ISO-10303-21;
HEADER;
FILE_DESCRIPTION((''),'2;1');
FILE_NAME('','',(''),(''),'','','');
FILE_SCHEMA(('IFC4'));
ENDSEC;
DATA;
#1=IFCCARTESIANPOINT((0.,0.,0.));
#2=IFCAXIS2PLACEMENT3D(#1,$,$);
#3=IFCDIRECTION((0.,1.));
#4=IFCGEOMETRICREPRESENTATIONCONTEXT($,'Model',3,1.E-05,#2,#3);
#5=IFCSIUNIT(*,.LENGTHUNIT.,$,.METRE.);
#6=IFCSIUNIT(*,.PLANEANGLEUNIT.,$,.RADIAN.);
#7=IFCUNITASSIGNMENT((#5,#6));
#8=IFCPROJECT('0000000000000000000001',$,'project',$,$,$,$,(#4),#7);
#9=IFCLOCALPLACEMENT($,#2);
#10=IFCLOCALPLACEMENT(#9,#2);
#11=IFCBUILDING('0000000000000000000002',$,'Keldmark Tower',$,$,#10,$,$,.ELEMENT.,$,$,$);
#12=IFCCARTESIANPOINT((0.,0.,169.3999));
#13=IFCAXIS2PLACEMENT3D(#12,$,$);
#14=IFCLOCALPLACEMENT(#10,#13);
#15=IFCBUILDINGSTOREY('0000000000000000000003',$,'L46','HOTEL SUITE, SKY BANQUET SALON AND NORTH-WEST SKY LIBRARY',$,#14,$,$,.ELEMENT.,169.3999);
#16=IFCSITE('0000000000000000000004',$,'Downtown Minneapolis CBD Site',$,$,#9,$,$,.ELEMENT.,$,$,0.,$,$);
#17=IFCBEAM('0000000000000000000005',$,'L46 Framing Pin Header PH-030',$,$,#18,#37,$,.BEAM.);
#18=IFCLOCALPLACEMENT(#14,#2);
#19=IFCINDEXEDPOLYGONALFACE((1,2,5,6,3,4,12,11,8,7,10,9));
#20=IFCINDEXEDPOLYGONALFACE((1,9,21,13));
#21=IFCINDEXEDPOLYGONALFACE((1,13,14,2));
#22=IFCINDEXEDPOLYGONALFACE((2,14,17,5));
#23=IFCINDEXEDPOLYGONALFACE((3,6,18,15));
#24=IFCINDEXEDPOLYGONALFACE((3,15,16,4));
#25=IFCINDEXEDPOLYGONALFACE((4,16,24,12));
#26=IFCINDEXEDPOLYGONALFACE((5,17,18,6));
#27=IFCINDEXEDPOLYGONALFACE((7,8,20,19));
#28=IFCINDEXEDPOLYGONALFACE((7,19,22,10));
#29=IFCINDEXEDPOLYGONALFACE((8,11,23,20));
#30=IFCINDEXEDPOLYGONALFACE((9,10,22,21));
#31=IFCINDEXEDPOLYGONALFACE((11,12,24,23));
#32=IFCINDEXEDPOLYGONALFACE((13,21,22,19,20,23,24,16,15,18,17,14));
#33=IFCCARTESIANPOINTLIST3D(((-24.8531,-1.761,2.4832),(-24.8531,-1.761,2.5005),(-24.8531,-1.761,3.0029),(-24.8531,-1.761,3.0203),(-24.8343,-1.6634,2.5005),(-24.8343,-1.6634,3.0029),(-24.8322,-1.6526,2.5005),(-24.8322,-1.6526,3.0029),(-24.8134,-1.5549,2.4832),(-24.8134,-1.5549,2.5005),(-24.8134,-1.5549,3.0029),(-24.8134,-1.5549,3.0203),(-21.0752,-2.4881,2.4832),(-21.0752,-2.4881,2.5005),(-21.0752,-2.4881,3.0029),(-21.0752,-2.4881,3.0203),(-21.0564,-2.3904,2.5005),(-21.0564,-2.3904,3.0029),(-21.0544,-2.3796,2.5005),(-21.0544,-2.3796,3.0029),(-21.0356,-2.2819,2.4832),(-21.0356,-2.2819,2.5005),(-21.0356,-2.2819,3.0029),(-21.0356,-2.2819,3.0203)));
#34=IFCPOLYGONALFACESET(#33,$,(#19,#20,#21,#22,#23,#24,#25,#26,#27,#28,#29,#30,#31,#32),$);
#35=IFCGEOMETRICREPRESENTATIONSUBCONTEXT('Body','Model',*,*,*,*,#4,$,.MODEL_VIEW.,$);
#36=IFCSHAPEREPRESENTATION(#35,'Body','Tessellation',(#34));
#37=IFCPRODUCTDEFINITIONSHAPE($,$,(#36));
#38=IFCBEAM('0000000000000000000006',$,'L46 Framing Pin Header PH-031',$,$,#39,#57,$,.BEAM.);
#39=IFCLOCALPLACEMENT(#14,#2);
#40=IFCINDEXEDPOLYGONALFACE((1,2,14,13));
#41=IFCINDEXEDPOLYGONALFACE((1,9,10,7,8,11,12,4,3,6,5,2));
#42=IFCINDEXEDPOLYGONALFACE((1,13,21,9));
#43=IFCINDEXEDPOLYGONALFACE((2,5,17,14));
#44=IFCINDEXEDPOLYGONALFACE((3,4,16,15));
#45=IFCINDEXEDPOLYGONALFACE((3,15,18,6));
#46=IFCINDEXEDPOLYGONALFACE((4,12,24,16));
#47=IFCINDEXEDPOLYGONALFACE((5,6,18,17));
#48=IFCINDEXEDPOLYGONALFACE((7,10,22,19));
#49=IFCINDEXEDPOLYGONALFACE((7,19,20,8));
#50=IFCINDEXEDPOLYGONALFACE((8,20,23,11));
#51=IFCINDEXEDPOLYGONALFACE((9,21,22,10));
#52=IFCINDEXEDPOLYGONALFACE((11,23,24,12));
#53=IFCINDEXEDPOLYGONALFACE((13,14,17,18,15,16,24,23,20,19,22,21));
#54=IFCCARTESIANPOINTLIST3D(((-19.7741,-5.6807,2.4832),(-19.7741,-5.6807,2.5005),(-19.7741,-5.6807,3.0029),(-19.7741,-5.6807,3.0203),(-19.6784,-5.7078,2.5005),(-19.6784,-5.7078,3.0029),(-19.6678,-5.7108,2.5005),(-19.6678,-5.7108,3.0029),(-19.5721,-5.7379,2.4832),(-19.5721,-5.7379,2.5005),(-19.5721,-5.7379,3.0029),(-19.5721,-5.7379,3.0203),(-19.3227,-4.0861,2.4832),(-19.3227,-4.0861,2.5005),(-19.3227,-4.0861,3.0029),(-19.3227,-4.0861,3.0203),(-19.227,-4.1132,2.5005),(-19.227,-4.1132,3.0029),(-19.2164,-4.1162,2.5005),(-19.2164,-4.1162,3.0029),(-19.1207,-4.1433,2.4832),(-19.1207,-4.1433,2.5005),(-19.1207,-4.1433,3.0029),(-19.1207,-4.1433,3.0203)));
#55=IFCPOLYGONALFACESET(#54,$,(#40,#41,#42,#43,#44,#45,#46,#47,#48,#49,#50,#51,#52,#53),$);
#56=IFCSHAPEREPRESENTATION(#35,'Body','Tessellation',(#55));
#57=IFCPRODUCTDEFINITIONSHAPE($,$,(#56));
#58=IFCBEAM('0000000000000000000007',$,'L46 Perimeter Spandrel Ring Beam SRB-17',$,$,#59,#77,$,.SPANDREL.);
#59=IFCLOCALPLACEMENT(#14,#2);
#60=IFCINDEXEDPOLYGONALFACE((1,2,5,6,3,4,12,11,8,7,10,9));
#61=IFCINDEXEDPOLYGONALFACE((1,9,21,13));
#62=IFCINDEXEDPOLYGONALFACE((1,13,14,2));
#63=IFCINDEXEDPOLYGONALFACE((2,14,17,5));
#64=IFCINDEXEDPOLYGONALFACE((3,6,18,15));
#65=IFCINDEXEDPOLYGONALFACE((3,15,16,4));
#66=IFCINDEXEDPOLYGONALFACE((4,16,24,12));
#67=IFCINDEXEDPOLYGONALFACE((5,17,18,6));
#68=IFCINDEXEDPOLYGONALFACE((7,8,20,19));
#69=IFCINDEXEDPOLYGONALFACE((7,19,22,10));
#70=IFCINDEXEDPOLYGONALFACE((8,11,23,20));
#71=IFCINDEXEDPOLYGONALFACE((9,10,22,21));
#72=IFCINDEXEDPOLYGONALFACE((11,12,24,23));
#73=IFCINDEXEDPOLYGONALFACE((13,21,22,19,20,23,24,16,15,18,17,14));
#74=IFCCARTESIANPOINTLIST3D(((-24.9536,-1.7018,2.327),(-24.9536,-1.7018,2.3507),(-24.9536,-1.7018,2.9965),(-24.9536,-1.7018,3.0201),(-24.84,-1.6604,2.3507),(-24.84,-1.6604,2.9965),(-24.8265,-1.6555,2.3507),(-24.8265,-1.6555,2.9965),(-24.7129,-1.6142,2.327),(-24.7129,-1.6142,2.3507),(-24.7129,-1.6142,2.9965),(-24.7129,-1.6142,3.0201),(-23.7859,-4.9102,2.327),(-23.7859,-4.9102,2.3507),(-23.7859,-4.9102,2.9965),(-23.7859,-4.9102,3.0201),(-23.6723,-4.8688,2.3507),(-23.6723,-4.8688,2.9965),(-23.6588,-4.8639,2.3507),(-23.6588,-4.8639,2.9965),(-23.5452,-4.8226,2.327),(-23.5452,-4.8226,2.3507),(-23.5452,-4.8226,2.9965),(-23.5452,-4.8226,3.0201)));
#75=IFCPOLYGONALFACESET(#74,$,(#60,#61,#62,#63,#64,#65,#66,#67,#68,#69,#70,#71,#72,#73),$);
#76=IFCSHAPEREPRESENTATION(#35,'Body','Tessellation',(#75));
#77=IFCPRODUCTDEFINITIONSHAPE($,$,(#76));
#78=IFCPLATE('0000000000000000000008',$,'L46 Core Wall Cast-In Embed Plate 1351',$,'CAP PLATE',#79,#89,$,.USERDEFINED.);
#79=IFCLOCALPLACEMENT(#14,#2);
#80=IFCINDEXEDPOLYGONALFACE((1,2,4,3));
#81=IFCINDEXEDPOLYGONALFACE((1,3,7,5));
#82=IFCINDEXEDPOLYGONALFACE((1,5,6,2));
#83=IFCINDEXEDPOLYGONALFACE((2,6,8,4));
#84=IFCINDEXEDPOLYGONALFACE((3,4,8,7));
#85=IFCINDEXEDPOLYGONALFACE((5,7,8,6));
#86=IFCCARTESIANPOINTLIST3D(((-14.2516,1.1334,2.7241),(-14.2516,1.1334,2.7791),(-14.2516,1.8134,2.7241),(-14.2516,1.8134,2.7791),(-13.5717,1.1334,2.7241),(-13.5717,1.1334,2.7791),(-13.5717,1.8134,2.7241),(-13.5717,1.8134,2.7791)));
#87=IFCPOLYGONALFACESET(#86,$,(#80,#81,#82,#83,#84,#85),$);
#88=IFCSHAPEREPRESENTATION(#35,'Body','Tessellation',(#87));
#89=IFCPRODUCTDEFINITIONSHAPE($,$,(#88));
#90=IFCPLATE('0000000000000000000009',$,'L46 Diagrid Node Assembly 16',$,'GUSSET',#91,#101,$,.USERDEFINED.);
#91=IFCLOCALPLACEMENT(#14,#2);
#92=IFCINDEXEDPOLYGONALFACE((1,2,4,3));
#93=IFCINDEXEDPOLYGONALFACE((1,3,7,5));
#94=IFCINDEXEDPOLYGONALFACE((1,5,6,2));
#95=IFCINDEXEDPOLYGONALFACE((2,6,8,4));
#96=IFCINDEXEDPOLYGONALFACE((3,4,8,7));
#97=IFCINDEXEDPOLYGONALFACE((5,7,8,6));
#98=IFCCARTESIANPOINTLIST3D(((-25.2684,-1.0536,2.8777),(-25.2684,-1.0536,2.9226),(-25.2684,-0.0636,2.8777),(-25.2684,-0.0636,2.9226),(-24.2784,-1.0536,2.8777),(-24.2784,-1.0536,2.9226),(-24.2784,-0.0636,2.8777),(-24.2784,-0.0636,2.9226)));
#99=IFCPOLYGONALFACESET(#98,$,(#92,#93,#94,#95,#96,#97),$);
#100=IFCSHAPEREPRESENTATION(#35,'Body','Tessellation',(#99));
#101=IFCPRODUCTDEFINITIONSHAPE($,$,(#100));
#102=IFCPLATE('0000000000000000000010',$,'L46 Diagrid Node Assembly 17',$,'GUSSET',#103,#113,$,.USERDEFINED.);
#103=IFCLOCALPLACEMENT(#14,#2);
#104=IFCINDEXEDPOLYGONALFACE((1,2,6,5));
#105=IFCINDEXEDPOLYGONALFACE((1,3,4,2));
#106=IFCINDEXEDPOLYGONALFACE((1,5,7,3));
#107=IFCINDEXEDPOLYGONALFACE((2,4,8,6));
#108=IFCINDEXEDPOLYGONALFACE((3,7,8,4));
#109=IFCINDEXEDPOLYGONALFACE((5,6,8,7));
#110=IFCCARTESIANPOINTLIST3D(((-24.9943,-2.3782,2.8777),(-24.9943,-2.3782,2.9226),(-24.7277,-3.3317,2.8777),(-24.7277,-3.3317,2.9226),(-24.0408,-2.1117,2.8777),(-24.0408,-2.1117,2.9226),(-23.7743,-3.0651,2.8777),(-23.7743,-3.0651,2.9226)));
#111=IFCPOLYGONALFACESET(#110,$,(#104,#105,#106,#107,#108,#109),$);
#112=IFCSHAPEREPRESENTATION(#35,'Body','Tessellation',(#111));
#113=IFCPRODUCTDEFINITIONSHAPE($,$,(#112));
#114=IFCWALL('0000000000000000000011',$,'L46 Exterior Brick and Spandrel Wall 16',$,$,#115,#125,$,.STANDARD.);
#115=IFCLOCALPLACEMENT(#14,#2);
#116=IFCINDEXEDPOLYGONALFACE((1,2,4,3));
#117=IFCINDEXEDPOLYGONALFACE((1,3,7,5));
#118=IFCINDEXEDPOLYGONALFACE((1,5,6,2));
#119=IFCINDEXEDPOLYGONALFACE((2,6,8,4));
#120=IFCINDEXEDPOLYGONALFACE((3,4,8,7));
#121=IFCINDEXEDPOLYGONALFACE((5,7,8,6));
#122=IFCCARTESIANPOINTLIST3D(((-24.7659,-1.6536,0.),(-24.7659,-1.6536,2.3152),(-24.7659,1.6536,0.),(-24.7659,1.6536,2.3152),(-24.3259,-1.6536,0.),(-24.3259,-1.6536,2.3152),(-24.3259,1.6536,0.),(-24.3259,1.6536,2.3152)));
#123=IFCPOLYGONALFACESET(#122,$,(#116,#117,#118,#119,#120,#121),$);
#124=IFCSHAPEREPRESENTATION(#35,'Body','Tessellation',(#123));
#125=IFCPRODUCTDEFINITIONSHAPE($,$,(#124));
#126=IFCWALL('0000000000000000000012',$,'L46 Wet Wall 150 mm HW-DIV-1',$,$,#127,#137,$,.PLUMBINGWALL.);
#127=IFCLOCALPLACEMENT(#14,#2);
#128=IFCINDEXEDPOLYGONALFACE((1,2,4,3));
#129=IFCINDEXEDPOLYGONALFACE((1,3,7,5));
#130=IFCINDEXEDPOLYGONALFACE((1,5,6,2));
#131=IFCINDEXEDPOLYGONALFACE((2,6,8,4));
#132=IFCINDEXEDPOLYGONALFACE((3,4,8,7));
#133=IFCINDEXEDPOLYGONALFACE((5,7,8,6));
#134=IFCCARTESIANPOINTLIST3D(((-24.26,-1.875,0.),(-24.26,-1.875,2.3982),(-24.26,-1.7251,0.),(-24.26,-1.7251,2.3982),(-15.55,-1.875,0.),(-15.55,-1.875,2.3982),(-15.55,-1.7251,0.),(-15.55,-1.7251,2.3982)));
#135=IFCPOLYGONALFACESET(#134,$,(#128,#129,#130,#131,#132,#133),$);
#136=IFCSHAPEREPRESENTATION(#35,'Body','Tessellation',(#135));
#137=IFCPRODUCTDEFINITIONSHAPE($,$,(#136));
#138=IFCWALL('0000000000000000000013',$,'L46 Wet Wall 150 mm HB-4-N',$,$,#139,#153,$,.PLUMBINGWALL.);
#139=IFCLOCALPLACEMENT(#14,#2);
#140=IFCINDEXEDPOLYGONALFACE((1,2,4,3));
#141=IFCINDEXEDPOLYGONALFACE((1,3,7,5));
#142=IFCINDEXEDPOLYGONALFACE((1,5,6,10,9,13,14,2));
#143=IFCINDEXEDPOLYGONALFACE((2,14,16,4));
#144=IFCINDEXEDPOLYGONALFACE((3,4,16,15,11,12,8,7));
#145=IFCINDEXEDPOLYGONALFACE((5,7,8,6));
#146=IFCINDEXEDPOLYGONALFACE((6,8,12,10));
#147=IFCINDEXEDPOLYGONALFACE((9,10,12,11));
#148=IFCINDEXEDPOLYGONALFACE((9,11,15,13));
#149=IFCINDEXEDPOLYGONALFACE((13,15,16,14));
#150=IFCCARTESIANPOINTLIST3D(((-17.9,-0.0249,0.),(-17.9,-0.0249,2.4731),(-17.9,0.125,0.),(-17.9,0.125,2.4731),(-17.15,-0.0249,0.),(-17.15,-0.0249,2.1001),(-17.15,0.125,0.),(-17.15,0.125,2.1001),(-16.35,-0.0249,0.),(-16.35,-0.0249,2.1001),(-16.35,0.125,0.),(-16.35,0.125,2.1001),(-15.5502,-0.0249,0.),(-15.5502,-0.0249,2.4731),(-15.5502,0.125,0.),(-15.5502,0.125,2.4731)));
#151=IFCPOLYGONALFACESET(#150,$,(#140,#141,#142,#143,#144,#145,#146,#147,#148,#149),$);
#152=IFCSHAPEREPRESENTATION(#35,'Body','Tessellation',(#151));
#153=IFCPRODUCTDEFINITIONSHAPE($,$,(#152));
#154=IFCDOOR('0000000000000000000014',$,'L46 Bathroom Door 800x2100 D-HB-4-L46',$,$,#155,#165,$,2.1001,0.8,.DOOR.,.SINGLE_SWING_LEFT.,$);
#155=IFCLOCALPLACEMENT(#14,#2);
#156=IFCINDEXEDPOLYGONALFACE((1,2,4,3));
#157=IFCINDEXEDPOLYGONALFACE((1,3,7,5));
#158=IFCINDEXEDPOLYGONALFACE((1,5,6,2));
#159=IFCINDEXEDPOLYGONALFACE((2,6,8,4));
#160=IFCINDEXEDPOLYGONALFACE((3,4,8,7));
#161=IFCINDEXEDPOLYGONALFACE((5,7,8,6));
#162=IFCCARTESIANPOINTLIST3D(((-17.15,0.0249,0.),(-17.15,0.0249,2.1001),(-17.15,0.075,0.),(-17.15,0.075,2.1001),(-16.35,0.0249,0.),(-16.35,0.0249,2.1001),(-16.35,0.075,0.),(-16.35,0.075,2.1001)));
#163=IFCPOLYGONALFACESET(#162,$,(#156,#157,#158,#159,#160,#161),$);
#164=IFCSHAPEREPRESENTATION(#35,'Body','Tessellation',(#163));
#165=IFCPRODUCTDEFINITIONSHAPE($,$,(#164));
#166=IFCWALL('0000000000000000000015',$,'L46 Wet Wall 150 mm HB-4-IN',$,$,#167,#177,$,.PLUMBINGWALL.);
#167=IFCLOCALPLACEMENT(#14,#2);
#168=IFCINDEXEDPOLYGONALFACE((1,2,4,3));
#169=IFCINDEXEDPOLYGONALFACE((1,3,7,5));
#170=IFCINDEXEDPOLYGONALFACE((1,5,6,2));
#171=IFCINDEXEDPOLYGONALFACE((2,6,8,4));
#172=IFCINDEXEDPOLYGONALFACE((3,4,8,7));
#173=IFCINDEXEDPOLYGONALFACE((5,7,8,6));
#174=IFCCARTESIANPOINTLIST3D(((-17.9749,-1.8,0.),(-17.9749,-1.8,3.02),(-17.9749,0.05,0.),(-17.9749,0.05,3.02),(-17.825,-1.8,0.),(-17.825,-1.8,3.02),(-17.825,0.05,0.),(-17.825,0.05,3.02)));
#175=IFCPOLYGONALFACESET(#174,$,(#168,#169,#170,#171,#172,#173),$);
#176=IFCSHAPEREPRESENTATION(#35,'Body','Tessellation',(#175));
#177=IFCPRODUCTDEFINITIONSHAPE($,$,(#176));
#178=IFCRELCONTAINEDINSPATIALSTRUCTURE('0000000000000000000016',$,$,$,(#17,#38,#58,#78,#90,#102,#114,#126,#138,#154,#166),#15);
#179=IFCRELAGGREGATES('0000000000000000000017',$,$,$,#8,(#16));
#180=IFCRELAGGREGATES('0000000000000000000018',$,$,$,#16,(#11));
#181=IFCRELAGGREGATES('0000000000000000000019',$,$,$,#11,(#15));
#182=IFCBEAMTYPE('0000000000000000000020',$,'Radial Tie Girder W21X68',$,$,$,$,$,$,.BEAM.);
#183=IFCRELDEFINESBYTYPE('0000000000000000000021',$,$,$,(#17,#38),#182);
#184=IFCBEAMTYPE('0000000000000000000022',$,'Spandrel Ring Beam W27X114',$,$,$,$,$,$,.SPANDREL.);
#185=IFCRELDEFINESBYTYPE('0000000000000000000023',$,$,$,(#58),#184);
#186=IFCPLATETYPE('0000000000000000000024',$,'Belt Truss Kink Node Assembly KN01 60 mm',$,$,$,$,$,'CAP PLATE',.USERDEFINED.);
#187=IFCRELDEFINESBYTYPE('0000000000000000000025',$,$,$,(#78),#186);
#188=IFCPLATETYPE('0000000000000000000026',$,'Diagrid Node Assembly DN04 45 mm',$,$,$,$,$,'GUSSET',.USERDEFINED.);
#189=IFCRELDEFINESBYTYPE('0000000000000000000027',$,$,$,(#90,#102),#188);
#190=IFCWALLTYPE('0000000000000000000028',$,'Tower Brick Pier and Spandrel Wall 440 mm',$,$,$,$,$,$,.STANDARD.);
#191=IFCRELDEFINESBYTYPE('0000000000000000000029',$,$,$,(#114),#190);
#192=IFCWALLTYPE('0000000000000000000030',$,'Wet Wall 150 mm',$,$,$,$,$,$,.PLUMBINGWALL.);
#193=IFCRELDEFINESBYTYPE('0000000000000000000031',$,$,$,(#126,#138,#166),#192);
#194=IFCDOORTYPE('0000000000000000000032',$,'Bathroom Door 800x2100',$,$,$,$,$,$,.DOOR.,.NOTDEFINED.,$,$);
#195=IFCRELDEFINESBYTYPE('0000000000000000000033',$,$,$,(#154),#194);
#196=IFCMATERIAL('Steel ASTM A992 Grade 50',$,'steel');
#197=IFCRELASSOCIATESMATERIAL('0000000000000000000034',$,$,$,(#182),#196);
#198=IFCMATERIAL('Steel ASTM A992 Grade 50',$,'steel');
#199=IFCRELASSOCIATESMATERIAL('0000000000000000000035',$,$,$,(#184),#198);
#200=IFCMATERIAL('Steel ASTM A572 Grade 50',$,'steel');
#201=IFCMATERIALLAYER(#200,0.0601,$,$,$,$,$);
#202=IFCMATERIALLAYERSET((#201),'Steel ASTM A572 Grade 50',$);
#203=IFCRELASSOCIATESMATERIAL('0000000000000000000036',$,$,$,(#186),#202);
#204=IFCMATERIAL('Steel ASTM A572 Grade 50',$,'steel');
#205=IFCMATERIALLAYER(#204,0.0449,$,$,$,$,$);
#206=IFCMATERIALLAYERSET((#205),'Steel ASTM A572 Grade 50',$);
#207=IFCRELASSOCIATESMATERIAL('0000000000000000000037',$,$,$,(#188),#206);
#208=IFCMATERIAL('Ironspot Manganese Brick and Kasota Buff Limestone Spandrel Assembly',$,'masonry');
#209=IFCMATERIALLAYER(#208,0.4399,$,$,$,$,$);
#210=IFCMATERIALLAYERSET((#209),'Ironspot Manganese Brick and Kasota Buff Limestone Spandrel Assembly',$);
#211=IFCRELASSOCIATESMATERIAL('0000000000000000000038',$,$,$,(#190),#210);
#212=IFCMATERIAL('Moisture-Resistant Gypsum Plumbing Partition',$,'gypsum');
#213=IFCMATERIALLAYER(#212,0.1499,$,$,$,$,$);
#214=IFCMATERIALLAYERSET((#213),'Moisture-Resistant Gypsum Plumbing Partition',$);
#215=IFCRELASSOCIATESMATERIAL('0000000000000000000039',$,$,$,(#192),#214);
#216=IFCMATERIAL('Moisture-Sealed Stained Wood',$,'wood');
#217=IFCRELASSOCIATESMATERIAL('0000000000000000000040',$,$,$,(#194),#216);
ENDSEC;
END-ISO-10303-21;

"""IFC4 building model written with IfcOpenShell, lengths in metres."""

from ifc_helpers import new_model, si_unit, direction, frame, frame_2d, origin, origin_2d, place, context, subcontext, project, spatial, rectangle, i_section, extrude, material, layer, layer_set, material_profile, profile_set, type_object, element, fill, save


model = new_model("IFC4")

# Units and contexts
model_context = context("Model", 3, precision=1e-05, world=origin(), true_north=direction((0.0, 1.0)))
body_context = subcontext(model_context, "Body", "Model", "MODEL_VIEW")
ifc_project = project(units=[si_unit("LENGTHUNIT", "METRE"), si_unit("PLANEANGLEUNIT", "RADIAN")], contexts=[model_context])

# Site, building, storey
site_placement = place(None, origin())
site = spatial("IfcSite", under=ifc_project, at=site_placement, Name="Downtown Minneapolis CBD Site", CompositionType="ELEMENT", RefElevation=0.0)
building_placement = place(site_placement, origin())
building = spatial("IfcBuilding", under=site, at=building_placement, Name="Keldmark Tower", CompositionType="ELEMENT")
storey_placement = place(building_placement, frame((0.0, 0.0, 169.3999)))
storey = spatial("IfcBuildingStorey", under=building, at=storey_placement, Name="L46", Description="HOTEL SUITE, SKY BANQUET SALON AND NORTH-WEST SKY LIBRARY", CompositionType="ELEMENT", Elevation=169.3999)

# Beams
ifc_material_1 = material(Name="Steel ASTM A992 Grade 50", Category="steel")
ifc_material_profile_1 = material_profile(ifc_material_1, i_section(OverallWidth=0.21, OverallDepth=0.5371, WebThickness=0.011, FlangeThickness=0.0173, at=origin_2d()), Name="W21X68")
ifc_profile_set_1 = profile_set([ifc_material_profile_1], Name="Steel ASTM A992 Grade 50")
beam_type_1 = type_object("IfcBeamType", Name="Radial Tie Girder W21X68", PredefinedType="BEAM", material=ifc_profile_set_1)
beam_1_placement = place(storey_placement, frame((-24.8333, -1.658, 2.7517), z_axis=(0.98198, -0.188984, 0.0), x_axis=(0.188984, 0.98198, 0.0)))
element("IfcBeam", 1, at=beam_1_placement, inside=storey, type_object=beam_type_1, Name="L46 Framing Pin Header PH-030", PredefinedType="BEAM", context=body_context, shape_type="SweptSolid", body=[
    extrude(i_section(OverallWidth=0.21, OverallDepth=0.5371, WebThickness=0.011, FlangeThickness=0.0173, at=origin_2d()), origin(), (0.0, 0.0, 1.0), 3.8472),
])
beam_2_placement = place(storey_placement, frame((-19.2217, -4.1147, 2.7517), z_axis=(-0.272405, -0.962183, 0.0), x_axis=(0.962183, -0.272405, 0.0)))
element("IfcBeam", 2, at=beam_2_placement, inside=storey, type_object=beam_type_1, Name="L46 Framing Pin Header PH-031", PredefinedType="BEAM", context=body_context, shape_type="SweptSolid", body=[
    extrude(i_section(OverallWidth=0.21, OverallDepth=0.5371, WebThickness=0.011, FlangeThickness=0.0173, at=origin_2d()), origin(), (0.0, 0.0, 1.0), 1.6572),
])
ifc_material_2 = material(Name="Steel ASTM A992 Grade 50", Category="steel")
ifc_material_profile_2 = material_profile(ifc_material_2, i_section(OverallWidth=0.2561, OverallDepth=0.6931, WebThickness=0.0144, FlangeThickness=0.0237, at=origin_2d()), Name="W27X114")
ifc_profile_set_2 = profile_set([ifc_material_profile_2], Name="Steel ASTM A992 Grade 50")
beam_type_2 = type_object("IfcBeamType", Name="Spandrel Ring Beam W27X114", PredefinedType="SPANDREL", material=ifc_profile_set_2)
beam_3_placement = place(storey_placement, frame((-24.8333, -1.658, 2.6736), z_axis=(0.342001, -0.939699, 0.0), x_axis=(0.939699, 0.342001, 0.0)))
element("IfcBeam", 3, at=beam_3_placement, inside=storey, type_object=beam_type_2, Name="L46 Perimeter Spandrel Ring Beam SRB-17", PredefinedType="SPANDREL", context=body_context, shape_type="SweptSolid", body=[
    extrude(i_section(OverallWidth=0.2561, OverallDepth=0.6931, WebThickness=0.0144, FlangeThickness=0.0237, at=origin_2d()), origin(), (0.0, 0.0, 1.0), 3.4143),
])

# Plates
ifc_material_3 = material(Name="Steel ASTM A572 Grade 50", Category="steel")
ifc_layer_1 = layer(ifc_material_3, 0.0601)
ifc_layer_set_1 = layer_set([ifc_layer_1], Name="Steel ASTM A572 Grade 50")
plate_type_1 = type_object("IfcPlateType", Name="Belt Truss Kink Node Assembly KN01 60 mm", ElementType="CAP PLATE", PredefinedType="USERDEFINED", material=ifc_layer_set_1)
plate_placement = place(storey_placement, frame((-13.9116, 1.4734, 2.7241), z_axis=(0.0, 0.0, 1.0), x_axis=(1.0, 0.0, 0.0)))
element("IfcPlate", 4, at=plate_placement, inside=storey, type_object=plate_type_1, Name="L46 Core Wall Cast-In Embed Plate 1351", ObjectType="CAP PLATE", PredefinedType="USERDEFINED", context=body_context, shape_type="SweptSolid", body=[
    extrude(rectangle(XDim=0.6799, YDim=0.6799, at=origin_2d()), origin(), (0.0, 0.0, 1.0), 0.0549),
])
ifc_material_4 = material(Name="Steel ASTM A572 Grade 50", Category="steel")
ifc_layer_2 = layer(ifc_material_4, 0.0449)
ifc_layer_set_2 = layer_set([ifc_layer_2], Name="Steel ASTM A572 Grade 50")
plate_type_2 = type_object("IfcPlateType", Name="Diagrid Node Assembly DN04 45 mm", ElementType="GUSSET", PredefinedType="USERDEFINED", material=ifc_layer_set_2)
for number, where, z_axis, x_axis, name in (
    (5, (-24.7734, -0.5586, 2.8777), (0.0, 0.0, 1.0), (0.0, -1.0, 0.0), "L46 Diagrid Node Assembly 16"),
    (6, (-24.3843, -2.7217, 2.8777), (0.0, 0.0, 1.0), (0.269256, -0.963069, 0.0), "L46 Diagrid Node Assembly 17"),
):
    element("IfcPlate", number, at=place(storey_placement, frame(where, z_axis=z_axis, x_axis=x_axis)), inside=storey, type_object=plate_type_2, Name=name, ObjectType="GUSSET", PredefinedType="USERDEFINED", context=body_context, shape_type="SweptSolid", body=[
        extrude(rectangle(XDim=0.99, YDim=0.99, at=origin_2d()), origin(), (0.0, 0.0, 1.0), 0.0449),
    ])

# Walls
ifc_material_5 = material(Name="Ironspot Manganese Brick and Kasota Buff Limestone Spandrel Assembly", Category="masonry")
ifc_layer_3 = layer(ifc_material_5, 0.4399)
ifc_layer_set_3 = layer_set([ifc_layer_3], Name="Ironspot Manganese Brick and Kasota Buff Limestone Spandrel Assembly")
wall_type_1 = type_object("IfcWallType", Name="Tower Brick Pier and Spandrel Wall 440 mm", PredefinedType="STANDARD", material=ifc_layer_set_3)
wall_1_placement = place(storey_placement, frame((-24.5459, -1.6536, 0.0), z_axis=(0.0, 0.0, 1.0), x_axis=(0.0, 1.0, 0.0)))
element("IfcWall", 7, at=wall_1_placement, inside=storey, type_object=wall_type_1, Name="L46 Exterior Brick and Spandrel Wall 16", PredefinedType="STANDARD", context=body_context, shape_type="SweptSolid", body=[
    extrude(rectangle(XDim=3.3071, YDim=0.4399, at=frame_2d((1.6536, 0.0))), origin(), (0.0, 0.0, 1.0), 2.3152),
])
ifc_material_6 = material(Name="Moisture-Resistant Gypsum Plumbing Partition", Category="gypsum")
ifc_layer_4 = layer(ifc_material_6, 0.1499)
ifc_layer_set_4 = layer_set([ifc_layer_4], Name="Moisture-Resistant Gypsum Plumbing Partition")
wall_type_2 = type_object("IfcWallType", Name="Wet Wall 150 mm", PredefinedType="PLUMBINGWALL", material=ifc_layer_set_4)
wall_2_placement = place(storey_placement, frame((-24.26, -1.8, 0.0), z_axis=(0.0, 0.0, 1.0), x_axis=(1.0, 0.0, 0.0)))
element("IfcWall", 8, at=wall_2_placement, inside=storey, type_object=wall_type_2, Name="L46 Wet Wall 150 mm HW-DIV-1", PredefinedType="PLUMBINGWALL", context=body_context, shape_type="SweptSolid", body=[
    extrude(rectangle(XDim=8.71, YDim=0.1499, at=frame_2d((4.355, 0.0))), origin(), (0.0, 0.0, 1.0), 2.3982),
])

# Wall, opening, door
wall_3_placement = place(storey_placement, frame((-17.8999, 0.05, 0.0), z_axis=(0.0, 0.0, 1.0), x_axis=(1.0, 0.0, 0.0)))
wall_3 = element("IfcWall", 9, at=wall_3_placement, inside=storey, type_object=wall_type_2, Name="L46 Wet Wall 150 mm HB-4-N", PredefinedType="PLUMBINGWALL", context=body_context, shape_type="SweptSolid", body=[
    extrude(rectangle(XDim=2.3499, YDim=0.1499, at=frame_2d((1.1748, 0.0))), origin(), (0.0, 0.0, 1.0), 2.4731),
])
opening_placement = place(wall_3_placement, frame((0.75, 0.0, 0.0)))
opening = element("IfcOpeningElement", 10, at=opening_placement, cuts=wall_3, PredefinedType="OPENING", context=body_context, shape_type="SweptSolid", body=[
    extrude(rectangle(XDim=0.8, YDim=2.1001, at=frame_2d((0.3999, 1.05))), frame((0.0, 0.085, 0.0), z_axis=(0.0, -1.0, 0.0), x_axis=(1.0, 0.0, 0.0)), (0.0, 0.0, 1.0), 0.1699),
])
ifc_material_7 = material(Name="Moisture-Sealed Stained Wood", Category="wood")
door_type = type_object("IfcDoorType", Name="Bathroom Door 800x2100", OperationType="NOTDEFINED", PredefinedType="DOOR", material=ifc_material_7)
door_placement = place(opening_placement, origin())
door = element("IfcDoor", 11, at=door_placement, inside=storey, type_object=door_type, Name="L46 Bathroom Door 800x2100 D-HB-4-L46", OperationType="SINGLE_SWING_LEFT", OverallHeight=2.1001, OverallWidth=0.8, PredefinedType="DOOR", context=body_context, shape_type="SweptSolid", body=[
    extrude(rectangle(XDim=0.8, YDim=2.1001, at=frame_2d((0.3999, 1.05))), frame((0.0, 0.0249, 0.0), z_axis=(0.0, -1.0, 0.0), x_axis=(1.0, 0.0, 0.0)), (0.0, 0.0, 1.0), 0.05),
])
fill(opening, door)

# Wall
wall_4_placement = place(storey_placement, frame((-17.8999, -1.8, 0.0), z_axis=(0.0, 0.0, 1.0), x_axis=(0.0, 1.0, 0.0)))
element("IfcWall", 12, at=wall_4_placement, inside=storey, type_object=wall_type_2, Name="L46 Wet Wall 150 mm HB-4-IN", PredefinedType="PLUMBINGWALL", context=body_context, shape_type="SweptSolid", body=[
    extrude(rectangle(XDim=1.8501, YDim=0.1499, at=frame_2d((0.925, 0.0))), origin(), (0.0, 0.0, 1.0), 3.02),
])

save(model, "model.ifc")
